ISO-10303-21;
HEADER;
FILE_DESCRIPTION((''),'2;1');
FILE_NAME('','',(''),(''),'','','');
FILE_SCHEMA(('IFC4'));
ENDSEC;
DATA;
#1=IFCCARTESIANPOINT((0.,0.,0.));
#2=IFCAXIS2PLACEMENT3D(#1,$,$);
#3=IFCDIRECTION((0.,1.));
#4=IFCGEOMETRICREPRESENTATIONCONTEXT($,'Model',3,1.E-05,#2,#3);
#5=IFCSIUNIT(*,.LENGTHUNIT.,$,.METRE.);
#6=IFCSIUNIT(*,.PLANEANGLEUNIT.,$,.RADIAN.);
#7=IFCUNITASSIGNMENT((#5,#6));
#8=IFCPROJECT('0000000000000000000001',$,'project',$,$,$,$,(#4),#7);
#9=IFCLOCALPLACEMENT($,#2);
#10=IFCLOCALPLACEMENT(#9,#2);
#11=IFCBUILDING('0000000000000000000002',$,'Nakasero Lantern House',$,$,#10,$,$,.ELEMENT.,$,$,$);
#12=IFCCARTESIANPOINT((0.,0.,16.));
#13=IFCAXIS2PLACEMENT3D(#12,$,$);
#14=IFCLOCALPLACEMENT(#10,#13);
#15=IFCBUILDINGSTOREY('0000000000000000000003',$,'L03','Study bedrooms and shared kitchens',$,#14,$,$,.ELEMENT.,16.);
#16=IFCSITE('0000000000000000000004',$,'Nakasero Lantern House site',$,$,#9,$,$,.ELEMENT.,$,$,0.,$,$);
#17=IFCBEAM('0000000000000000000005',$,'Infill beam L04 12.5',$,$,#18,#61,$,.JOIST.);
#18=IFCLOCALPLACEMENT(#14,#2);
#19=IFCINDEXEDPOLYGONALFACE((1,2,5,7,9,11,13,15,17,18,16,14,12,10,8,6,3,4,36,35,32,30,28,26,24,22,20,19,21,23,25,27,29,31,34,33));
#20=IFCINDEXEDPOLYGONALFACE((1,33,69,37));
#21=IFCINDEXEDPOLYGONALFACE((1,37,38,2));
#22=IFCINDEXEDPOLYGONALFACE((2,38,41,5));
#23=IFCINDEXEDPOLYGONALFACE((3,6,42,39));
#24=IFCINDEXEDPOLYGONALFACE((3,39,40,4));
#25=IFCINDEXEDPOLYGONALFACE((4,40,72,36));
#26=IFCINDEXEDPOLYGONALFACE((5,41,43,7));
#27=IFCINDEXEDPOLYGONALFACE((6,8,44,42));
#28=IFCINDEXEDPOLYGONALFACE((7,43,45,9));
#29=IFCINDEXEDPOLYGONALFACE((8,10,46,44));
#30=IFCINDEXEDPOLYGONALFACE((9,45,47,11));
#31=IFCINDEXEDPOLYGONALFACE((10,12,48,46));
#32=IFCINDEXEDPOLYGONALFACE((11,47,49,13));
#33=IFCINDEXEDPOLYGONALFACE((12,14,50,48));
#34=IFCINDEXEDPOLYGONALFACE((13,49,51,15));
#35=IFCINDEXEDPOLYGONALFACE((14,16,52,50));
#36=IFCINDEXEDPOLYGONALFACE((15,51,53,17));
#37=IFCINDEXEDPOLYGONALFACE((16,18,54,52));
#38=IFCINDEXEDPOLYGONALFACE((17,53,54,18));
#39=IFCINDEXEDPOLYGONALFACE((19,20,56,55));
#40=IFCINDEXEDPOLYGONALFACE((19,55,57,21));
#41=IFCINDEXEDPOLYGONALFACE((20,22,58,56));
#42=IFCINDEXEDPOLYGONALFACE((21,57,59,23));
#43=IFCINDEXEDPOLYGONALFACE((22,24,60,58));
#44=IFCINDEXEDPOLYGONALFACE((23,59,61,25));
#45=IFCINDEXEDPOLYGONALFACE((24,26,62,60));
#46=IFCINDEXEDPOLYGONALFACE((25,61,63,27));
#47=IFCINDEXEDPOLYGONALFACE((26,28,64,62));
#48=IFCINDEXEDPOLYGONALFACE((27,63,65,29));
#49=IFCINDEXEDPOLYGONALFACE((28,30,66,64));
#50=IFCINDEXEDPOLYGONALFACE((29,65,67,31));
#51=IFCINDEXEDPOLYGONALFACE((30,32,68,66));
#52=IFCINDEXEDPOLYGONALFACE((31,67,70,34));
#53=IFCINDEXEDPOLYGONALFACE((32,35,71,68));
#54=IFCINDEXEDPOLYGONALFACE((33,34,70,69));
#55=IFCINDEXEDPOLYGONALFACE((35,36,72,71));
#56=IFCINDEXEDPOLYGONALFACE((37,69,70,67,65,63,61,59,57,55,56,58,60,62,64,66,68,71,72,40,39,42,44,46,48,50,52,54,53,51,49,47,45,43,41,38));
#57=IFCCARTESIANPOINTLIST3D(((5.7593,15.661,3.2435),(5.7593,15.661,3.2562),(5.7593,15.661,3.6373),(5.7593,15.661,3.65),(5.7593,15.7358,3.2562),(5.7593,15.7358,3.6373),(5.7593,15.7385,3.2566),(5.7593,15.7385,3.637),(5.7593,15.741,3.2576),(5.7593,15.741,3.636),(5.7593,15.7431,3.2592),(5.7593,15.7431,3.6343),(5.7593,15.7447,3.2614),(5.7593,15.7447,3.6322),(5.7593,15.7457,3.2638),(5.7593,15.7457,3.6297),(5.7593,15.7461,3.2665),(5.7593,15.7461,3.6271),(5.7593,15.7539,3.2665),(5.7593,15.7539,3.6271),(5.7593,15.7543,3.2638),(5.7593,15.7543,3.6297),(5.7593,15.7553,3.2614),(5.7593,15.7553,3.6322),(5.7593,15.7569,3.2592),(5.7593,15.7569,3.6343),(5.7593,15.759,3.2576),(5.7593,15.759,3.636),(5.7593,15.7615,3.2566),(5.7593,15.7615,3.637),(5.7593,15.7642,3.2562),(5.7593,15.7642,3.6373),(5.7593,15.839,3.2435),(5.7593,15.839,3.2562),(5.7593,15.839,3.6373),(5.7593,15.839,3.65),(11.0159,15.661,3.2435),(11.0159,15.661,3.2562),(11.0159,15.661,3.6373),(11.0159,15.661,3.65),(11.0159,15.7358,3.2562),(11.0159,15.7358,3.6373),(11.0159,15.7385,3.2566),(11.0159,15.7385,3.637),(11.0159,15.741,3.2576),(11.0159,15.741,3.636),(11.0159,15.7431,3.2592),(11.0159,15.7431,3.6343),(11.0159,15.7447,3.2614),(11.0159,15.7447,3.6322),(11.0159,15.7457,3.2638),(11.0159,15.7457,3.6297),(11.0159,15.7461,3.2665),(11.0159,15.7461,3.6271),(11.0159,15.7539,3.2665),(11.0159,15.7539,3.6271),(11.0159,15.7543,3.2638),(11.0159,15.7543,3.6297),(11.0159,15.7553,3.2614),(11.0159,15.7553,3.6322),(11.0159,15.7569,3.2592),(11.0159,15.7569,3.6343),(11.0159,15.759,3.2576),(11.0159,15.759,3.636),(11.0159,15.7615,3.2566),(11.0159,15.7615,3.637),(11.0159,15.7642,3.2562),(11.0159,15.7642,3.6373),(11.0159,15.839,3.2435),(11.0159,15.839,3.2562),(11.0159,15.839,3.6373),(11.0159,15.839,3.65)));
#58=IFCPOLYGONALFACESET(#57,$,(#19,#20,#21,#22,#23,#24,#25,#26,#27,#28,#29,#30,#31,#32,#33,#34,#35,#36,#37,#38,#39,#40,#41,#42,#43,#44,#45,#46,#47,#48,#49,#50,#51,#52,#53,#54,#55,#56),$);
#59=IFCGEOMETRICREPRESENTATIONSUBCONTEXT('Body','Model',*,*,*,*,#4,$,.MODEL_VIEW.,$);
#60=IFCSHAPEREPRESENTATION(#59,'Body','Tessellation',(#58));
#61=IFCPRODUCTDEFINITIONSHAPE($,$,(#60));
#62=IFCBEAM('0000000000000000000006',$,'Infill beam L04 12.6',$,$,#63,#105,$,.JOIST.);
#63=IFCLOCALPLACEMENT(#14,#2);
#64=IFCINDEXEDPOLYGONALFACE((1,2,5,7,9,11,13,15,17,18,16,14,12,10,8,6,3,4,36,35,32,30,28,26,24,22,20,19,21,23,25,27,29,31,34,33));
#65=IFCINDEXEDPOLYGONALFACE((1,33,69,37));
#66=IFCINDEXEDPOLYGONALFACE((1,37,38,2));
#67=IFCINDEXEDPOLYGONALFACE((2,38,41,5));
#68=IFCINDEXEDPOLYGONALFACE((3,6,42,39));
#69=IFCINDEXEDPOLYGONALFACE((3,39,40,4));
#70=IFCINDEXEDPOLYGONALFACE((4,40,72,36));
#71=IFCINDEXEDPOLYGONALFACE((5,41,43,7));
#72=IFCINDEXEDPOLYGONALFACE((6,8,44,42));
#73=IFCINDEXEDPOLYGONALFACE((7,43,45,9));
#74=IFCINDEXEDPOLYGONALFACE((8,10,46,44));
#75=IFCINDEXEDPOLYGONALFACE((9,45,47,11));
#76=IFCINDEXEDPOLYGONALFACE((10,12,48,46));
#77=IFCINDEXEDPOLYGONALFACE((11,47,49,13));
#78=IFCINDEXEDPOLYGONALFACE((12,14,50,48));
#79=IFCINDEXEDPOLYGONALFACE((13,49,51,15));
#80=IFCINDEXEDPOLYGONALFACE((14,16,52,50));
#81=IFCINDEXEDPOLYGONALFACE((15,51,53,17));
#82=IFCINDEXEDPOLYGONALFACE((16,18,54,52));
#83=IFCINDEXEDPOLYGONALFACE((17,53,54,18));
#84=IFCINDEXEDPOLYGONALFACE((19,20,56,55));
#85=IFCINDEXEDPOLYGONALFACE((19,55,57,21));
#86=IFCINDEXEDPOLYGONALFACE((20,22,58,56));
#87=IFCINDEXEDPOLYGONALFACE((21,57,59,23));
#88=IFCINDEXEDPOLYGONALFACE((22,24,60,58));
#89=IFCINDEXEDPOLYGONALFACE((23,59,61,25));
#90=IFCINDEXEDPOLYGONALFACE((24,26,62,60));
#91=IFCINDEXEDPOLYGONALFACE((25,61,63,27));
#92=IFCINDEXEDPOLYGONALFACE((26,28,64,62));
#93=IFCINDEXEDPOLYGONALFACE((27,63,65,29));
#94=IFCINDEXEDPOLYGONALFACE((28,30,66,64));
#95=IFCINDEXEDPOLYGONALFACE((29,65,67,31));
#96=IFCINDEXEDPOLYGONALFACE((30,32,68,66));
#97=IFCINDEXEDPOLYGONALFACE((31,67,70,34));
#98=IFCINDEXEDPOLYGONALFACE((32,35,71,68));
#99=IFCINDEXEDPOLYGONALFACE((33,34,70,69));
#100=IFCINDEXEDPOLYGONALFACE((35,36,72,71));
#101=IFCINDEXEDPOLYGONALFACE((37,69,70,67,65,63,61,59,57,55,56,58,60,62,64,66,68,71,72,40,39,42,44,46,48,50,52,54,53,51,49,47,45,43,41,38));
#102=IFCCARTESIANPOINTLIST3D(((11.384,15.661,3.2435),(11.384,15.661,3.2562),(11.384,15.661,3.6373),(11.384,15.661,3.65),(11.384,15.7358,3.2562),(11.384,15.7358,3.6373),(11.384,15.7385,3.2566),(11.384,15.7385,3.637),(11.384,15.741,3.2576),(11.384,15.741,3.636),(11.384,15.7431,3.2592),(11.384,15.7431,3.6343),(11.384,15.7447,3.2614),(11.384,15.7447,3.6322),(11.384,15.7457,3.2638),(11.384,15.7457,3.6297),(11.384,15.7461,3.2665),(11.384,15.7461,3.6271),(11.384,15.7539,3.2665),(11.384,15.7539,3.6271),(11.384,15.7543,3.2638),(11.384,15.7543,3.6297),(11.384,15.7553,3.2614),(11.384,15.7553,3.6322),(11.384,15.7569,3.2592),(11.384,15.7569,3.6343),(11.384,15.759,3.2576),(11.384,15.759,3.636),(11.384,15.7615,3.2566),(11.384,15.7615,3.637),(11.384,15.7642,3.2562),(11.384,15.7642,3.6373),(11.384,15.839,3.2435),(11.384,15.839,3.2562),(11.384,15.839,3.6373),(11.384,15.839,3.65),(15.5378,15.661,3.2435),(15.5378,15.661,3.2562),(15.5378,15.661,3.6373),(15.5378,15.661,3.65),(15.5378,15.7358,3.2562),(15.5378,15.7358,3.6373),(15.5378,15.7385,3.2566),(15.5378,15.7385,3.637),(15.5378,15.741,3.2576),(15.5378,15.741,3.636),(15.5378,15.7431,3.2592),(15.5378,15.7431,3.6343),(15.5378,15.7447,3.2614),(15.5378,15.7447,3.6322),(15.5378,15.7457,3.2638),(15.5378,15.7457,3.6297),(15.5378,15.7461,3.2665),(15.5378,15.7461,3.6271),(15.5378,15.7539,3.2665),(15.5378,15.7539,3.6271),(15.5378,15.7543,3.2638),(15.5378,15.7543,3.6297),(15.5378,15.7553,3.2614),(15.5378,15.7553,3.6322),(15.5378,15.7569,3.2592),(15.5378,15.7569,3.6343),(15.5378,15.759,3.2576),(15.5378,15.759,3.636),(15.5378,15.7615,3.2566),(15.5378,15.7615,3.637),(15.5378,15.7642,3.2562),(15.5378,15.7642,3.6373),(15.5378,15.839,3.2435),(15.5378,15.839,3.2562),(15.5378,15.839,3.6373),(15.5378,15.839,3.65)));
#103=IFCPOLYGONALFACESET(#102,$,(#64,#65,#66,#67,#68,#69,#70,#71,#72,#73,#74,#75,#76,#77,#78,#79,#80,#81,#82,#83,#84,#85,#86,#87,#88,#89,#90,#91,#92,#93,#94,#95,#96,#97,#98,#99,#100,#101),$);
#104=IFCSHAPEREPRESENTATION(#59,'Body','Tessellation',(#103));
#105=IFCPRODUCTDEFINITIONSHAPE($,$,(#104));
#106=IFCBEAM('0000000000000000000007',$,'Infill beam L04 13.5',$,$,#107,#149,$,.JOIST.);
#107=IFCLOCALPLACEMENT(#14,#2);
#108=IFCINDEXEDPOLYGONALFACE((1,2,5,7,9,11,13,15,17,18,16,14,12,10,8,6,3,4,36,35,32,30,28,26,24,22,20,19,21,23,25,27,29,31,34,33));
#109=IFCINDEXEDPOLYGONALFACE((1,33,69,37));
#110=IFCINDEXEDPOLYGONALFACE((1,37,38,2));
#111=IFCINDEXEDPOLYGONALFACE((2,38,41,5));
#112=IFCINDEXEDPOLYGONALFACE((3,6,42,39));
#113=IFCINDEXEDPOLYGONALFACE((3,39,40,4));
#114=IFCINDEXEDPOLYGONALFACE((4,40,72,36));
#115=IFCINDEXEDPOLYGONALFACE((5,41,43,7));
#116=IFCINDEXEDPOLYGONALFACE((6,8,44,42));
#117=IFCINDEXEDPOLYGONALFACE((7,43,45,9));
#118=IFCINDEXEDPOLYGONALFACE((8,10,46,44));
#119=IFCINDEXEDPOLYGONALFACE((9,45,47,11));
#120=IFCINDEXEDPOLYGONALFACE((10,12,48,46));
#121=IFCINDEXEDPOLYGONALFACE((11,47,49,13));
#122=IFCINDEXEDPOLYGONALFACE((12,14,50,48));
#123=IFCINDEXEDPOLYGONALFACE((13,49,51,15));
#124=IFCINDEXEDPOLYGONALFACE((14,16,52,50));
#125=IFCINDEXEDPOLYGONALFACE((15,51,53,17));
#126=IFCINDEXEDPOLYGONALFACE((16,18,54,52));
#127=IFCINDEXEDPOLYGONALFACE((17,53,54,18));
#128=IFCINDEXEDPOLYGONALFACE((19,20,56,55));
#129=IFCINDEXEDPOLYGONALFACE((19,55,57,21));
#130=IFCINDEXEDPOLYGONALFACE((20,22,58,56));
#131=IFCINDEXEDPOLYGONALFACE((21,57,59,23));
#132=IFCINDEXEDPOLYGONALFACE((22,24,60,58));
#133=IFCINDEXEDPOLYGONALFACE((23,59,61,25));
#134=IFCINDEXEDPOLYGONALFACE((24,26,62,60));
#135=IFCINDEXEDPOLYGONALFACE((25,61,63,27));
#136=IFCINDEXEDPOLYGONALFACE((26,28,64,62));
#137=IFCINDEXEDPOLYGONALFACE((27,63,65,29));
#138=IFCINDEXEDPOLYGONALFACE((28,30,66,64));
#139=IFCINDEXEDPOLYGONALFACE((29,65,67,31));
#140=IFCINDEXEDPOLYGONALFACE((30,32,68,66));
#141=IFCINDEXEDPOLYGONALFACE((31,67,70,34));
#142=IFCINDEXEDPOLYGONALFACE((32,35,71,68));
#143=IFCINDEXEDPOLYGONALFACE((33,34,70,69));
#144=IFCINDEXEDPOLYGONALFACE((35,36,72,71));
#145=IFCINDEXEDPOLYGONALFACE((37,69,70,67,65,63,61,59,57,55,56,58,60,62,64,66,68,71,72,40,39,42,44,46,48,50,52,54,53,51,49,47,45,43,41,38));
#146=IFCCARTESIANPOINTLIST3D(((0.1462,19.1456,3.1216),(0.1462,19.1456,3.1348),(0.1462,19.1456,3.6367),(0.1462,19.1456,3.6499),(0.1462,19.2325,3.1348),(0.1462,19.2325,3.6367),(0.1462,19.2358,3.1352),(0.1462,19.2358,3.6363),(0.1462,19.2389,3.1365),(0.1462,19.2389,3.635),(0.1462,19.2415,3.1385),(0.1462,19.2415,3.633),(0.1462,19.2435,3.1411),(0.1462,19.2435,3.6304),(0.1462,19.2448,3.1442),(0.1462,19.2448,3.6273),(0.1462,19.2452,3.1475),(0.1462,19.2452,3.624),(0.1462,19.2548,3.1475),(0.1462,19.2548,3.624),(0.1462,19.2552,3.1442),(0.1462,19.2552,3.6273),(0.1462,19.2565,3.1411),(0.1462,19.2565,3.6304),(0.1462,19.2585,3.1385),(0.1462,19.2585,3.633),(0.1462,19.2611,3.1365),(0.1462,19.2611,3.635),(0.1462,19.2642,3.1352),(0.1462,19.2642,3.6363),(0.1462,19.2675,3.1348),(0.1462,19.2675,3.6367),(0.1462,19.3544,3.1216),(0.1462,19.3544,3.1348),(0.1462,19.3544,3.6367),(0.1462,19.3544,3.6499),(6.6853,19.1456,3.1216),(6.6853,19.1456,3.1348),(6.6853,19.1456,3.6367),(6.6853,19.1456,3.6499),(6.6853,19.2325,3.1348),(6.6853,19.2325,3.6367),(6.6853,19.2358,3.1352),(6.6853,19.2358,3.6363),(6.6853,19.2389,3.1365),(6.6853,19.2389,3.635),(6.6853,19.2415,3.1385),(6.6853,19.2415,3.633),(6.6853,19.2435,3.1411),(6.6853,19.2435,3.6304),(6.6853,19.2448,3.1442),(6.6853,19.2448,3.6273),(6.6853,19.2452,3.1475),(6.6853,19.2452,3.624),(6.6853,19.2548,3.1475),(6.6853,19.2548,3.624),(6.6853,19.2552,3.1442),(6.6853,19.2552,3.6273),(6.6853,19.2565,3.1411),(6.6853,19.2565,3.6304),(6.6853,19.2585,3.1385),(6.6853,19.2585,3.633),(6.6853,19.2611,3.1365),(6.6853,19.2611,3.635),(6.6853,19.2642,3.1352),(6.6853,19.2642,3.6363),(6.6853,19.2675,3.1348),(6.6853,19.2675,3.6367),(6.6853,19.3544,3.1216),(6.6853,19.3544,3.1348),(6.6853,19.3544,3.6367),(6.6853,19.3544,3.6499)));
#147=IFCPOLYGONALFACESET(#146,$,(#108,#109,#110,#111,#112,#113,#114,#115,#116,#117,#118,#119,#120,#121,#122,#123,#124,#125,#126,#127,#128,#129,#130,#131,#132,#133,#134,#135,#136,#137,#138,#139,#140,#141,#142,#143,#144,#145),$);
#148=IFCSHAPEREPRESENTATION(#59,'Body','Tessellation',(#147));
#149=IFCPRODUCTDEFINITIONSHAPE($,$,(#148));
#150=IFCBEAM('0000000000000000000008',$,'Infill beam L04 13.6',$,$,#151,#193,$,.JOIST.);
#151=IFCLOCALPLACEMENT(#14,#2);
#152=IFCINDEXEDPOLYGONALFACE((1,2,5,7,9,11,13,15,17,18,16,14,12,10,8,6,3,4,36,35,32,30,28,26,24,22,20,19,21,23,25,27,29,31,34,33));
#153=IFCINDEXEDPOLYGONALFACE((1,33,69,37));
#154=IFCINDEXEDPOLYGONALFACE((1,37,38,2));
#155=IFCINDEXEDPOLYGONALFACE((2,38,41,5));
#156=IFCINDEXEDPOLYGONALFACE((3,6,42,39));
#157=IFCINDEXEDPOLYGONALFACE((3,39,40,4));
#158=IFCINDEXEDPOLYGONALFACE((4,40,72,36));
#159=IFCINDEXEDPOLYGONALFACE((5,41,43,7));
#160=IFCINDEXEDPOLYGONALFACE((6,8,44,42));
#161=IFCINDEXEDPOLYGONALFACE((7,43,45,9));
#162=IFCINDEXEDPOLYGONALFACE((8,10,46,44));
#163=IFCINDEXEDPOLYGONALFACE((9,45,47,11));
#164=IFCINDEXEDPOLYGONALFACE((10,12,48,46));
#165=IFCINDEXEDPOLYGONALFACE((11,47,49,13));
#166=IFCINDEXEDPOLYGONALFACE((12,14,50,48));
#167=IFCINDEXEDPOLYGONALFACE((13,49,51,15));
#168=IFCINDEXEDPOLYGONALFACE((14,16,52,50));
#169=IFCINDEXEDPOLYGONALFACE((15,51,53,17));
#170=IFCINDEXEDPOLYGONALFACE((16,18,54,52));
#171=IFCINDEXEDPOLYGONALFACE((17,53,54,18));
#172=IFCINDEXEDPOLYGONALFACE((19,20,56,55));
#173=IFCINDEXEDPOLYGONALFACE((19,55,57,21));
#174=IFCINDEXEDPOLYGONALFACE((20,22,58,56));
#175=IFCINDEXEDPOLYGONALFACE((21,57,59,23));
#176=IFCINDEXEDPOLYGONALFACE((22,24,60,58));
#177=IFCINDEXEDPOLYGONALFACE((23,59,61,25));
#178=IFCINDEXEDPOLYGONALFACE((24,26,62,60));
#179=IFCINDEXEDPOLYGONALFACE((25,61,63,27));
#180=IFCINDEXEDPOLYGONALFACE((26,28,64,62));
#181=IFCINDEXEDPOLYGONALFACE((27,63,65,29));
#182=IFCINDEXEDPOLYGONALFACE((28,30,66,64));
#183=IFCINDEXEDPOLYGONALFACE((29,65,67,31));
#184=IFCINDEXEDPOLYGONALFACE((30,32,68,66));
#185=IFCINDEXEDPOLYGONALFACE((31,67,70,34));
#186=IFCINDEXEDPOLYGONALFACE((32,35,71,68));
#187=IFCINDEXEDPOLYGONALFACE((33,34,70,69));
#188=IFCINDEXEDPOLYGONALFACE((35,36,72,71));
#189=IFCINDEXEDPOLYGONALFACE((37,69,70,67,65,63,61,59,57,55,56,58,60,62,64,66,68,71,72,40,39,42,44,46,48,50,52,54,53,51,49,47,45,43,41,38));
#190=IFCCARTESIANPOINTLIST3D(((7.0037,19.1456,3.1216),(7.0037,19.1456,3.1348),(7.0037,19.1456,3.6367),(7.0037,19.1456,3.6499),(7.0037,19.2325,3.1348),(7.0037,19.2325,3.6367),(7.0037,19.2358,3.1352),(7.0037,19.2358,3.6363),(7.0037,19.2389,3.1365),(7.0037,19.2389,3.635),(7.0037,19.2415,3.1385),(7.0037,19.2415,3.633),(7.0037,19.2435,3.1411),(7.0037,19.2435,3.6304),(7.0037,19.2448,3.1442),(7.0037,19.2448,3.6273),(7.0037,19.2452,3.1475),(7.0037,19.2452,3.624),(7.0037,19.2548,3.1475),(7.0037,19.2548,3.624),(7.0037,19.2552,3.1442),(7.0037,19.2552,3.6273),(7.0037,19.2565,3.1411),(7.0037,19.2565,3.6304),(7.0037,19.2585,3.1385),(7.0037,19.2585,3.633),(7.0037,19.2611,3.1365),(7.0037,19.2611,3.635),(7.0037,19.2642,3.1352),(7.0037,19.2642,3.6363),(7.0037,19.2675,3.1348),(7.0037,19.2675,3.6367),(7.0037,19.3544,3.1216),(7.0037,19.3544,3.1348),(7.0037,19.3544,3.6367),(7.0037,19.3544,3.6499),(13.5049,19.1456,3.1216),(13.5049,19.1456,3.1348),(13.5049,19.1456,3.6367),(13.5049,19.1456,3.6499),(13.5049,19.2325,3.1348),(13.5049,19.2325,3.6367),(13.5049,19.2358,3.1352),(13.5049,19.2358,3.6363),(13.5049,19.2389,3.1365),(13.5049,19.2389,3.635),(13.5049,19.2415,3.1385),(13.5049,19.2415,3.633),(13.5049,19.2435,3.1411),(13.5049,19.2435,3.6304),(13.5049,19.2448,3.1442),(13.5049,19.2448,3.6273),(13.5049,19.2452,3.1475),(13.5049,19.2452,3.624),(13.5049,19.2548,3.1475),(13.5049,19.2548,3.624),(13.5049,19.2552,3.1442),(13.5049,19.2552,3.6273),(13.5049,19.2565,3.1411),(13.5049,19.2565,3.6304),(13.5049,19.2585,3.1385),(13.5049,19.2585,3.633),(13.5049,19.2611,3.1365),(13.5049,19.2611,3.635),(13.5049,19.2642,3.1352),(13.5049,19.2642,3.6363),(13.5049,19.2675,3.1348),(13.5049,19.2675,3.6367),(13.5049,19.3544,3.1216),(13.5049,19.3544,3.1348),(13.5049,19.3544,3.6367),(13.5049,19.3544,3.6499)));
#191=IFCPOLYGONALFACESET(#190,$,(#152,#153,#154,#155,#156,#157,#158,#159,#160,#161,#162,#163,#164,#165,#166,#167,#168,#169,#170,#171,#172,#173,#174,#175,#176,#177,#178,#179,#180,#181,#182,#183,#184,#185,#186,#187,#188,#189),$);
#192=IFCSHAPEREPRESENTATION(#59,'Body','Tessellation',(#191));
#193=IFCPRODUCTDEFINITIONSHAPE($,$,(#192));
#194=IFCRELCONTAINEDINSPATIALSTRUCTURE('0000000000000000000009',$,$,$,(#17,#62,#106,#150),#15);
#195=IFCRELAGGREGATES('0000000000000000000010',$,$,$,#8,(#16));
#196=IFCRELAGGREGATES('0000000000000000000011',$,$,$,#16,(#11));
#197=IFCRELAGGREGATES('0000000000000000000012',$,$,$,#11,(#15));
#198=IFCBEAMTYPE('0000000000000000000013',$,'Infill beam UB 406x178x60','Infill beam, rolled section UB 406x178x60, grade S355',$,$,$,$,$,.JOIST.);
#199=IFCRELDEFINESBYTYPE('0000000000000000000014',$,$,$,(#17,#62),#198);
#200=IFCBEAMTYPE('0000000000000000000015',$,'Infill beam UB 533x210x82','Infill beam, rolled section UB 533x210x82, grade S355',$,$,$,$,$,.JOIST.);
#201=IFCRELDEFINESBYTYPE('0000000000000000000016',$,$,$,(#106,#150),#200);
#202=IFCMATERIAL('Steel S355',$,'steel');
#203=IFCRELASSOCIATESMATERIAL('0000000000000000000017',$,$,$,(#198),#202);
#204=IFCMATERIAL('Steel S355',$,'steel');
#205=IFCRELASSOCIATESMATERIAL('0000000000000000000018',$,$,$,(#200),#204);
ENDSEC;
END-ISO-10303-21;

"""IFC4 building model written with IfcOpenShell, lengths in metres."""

from ifc_helpers import new_model, si_unit, direction, frame, origin, origin_2d, place, context, subcontext, project, spatial, i_section, extrude, material, material_profile, profile_set, type_object, element, save


model = new_model("IFC4")

# Units and contexts
model_context = context("Model", 3, precision=1e-05, world=origin(), true_north=direction((0.0, 1.0)))
body_context = subcontext(model_context, "Body", "Model", "MODEL_VIEW")
ifc_project = project(units=[si_unit("LENGTHUNIT", "METRE"), si_unit("PLANEANGLEUNIT", "RADIAN")], contexts=[model_context])

# Site, building, storey
site_placement = place(None, origin())
site = spatial("IfcSite", under=ifc_project, at=site_placement, Name="Nakasero Lantern House site", CompositionType="ELEMENT", RefElevation=0.0)
building_placement = place(site_placement, origin())
building = spatial("IfcBuilding", under=site, at=building_placement, Name="Nakasero Lantern House", CompositionType="ELEMENT")
storey_placement = place(building_placement, frame((0.0, 0.0, 16.0)))
storey = spatial("IfcBuildingStorey", under=building, at=storey_placement, Name="L03", Description="Study bedrooms and shared kitchens", CompositionType="ELEMENT", Elevation=16.0)

# Beams
ifc_material_1 = material(Name="Steel S355", Category="steel")
ifc_material_profile_1 = material_profile(ifc_material_1, i_section(OverallWidth=0.178, OverallDepth=0.4065, WebThickness=0.0078, FlangeThickness=0.0127, FilletRadius=0.0103, at=origin_2d()), Name="UB 406x178x60")
ifc_profile_set_1 = profile_set([ifc_material_profile_1], Name="Steel S355")
beam_type_1 = type_object("IfcBeamType", Name="Infill beam UB 406x178x60", Description="Infill beam, rolled section UB 406x178x60, grade S355", PredefinedType="JOIST", material=ifc_profile_set_1)
beam_1_placement = place(storey_placement, frame((5.7593, 15.75, 3.4468), z_axis=(1.0, 0.0, 0.0), x_axis=(0.0, 1.0, 0.0)))
element("IfcBeam", 1, at=beam_1_placement, inside=storey, type_object=beam_type_1, Name="Infill beam L04 12.5", PredefinedType="JOIST", context=body_context, shape_type="SweptSolid", body=[
    extrude(i_section(OverallWidth=0.178, OverallDepth=0.4065, WebThickness=0.0078, FlangeThickness=0.0127, FilletRadius=0.0103, at=origin_2d()), origin(), (0.0, 0.0, 1.0), 5.2566),
])
beam_2_placement = place(storey_placement, frame((11.384, 15.75, 3.4468), z_axis=(1.0, 0.0, 0.0), x_axis=(0.0, 1.0, 0.0)))
element("IfcBeam", 2, at=beam_2_placement, inside=storey, type_object=beam_type_1, Name="Infill beam L04 12.6", PredefinedType="JOIST", context=body_context, shape_type="SweptSolid", body=[
    extrude(i_section(OverallWidth=0.178, OverallDepth=0.4065, WebThickness=0.0078, FlangeThickness=0.0127, FilletRadius=0.0103, at=origin_2d()), origin(), (0.0, 0.0, 1.0), 4.1538),
])
ifc_material_2 = material(Name="Steel S355", Category="steel")
ifc_material_profile_2 = material_profile(ifc_material_2, i_section(OverallWidth=0.2087, OverallDepth=0.5283, WebThickness=0.0095, FlangeThickness=0.0132, FilletRadius=0.0127, at=origin_2d()), Name="UB 533x210x82")
ifc_profile_set_2 = profile_set([ifc_material_profile_2], Name="Steel S355")
beam_type_2 = type_object("IfcBeamType", Name="Infill beam UB 533x210x82", Description="Infill beam, rolled section UB 533x210x82, grade S355", PredefinedType="JOIST", material=ifc_profile_set_2)
beam_3_placement = place(storey_placement, frame((0.1462, 19.25, 3.3857), z_axis=(1.0, 0.0, 0.0), x_axis=(0.0, 1.0, 0.0)))
element("IfcBeam", 3, at=beam_3_placement, inside=storey, type_object=beam_type_2, Name="Infill beam L04 13.5", PredefinedType="JOIST", context=body_context, shape_type="SweptSolid", body=[
    extrude(i_section(OverallWidth=0.2087, OverallDepth=0.5283, WebThickness=0.0095, FlangeThickness=0.0132, FilletRadius=0.0127, at=origin_2d()), origin(), (0.0, 0.0, 1.0), 6.5391),
])
beam_4_placement = place(storey_placement, frame((7.0037, 19.25, 3.3857), z_axis=(1.0, 0.0, 0.0), x_axis=(0.0, 1.0, 0.0)))
element("IfcBeam", 4, at=beam_4_placement, inside=storey, type_object=beam_type_2, Name="Infill beam L04 13.6", PredefinedType="JOIST", context=body_context, shape_type="SweptSolid", body=[
    extrude(i_section(OverallWidth=0.2087, OverallDepth=0.5283, WebThickness=0.0095, FlangeThickness=0.0132, FilletRadius=0.0127, at=origin_2d()), origin(), (0.0, 0.0, 1.0), 6.5012),
])

save(model, "model.ifc")
